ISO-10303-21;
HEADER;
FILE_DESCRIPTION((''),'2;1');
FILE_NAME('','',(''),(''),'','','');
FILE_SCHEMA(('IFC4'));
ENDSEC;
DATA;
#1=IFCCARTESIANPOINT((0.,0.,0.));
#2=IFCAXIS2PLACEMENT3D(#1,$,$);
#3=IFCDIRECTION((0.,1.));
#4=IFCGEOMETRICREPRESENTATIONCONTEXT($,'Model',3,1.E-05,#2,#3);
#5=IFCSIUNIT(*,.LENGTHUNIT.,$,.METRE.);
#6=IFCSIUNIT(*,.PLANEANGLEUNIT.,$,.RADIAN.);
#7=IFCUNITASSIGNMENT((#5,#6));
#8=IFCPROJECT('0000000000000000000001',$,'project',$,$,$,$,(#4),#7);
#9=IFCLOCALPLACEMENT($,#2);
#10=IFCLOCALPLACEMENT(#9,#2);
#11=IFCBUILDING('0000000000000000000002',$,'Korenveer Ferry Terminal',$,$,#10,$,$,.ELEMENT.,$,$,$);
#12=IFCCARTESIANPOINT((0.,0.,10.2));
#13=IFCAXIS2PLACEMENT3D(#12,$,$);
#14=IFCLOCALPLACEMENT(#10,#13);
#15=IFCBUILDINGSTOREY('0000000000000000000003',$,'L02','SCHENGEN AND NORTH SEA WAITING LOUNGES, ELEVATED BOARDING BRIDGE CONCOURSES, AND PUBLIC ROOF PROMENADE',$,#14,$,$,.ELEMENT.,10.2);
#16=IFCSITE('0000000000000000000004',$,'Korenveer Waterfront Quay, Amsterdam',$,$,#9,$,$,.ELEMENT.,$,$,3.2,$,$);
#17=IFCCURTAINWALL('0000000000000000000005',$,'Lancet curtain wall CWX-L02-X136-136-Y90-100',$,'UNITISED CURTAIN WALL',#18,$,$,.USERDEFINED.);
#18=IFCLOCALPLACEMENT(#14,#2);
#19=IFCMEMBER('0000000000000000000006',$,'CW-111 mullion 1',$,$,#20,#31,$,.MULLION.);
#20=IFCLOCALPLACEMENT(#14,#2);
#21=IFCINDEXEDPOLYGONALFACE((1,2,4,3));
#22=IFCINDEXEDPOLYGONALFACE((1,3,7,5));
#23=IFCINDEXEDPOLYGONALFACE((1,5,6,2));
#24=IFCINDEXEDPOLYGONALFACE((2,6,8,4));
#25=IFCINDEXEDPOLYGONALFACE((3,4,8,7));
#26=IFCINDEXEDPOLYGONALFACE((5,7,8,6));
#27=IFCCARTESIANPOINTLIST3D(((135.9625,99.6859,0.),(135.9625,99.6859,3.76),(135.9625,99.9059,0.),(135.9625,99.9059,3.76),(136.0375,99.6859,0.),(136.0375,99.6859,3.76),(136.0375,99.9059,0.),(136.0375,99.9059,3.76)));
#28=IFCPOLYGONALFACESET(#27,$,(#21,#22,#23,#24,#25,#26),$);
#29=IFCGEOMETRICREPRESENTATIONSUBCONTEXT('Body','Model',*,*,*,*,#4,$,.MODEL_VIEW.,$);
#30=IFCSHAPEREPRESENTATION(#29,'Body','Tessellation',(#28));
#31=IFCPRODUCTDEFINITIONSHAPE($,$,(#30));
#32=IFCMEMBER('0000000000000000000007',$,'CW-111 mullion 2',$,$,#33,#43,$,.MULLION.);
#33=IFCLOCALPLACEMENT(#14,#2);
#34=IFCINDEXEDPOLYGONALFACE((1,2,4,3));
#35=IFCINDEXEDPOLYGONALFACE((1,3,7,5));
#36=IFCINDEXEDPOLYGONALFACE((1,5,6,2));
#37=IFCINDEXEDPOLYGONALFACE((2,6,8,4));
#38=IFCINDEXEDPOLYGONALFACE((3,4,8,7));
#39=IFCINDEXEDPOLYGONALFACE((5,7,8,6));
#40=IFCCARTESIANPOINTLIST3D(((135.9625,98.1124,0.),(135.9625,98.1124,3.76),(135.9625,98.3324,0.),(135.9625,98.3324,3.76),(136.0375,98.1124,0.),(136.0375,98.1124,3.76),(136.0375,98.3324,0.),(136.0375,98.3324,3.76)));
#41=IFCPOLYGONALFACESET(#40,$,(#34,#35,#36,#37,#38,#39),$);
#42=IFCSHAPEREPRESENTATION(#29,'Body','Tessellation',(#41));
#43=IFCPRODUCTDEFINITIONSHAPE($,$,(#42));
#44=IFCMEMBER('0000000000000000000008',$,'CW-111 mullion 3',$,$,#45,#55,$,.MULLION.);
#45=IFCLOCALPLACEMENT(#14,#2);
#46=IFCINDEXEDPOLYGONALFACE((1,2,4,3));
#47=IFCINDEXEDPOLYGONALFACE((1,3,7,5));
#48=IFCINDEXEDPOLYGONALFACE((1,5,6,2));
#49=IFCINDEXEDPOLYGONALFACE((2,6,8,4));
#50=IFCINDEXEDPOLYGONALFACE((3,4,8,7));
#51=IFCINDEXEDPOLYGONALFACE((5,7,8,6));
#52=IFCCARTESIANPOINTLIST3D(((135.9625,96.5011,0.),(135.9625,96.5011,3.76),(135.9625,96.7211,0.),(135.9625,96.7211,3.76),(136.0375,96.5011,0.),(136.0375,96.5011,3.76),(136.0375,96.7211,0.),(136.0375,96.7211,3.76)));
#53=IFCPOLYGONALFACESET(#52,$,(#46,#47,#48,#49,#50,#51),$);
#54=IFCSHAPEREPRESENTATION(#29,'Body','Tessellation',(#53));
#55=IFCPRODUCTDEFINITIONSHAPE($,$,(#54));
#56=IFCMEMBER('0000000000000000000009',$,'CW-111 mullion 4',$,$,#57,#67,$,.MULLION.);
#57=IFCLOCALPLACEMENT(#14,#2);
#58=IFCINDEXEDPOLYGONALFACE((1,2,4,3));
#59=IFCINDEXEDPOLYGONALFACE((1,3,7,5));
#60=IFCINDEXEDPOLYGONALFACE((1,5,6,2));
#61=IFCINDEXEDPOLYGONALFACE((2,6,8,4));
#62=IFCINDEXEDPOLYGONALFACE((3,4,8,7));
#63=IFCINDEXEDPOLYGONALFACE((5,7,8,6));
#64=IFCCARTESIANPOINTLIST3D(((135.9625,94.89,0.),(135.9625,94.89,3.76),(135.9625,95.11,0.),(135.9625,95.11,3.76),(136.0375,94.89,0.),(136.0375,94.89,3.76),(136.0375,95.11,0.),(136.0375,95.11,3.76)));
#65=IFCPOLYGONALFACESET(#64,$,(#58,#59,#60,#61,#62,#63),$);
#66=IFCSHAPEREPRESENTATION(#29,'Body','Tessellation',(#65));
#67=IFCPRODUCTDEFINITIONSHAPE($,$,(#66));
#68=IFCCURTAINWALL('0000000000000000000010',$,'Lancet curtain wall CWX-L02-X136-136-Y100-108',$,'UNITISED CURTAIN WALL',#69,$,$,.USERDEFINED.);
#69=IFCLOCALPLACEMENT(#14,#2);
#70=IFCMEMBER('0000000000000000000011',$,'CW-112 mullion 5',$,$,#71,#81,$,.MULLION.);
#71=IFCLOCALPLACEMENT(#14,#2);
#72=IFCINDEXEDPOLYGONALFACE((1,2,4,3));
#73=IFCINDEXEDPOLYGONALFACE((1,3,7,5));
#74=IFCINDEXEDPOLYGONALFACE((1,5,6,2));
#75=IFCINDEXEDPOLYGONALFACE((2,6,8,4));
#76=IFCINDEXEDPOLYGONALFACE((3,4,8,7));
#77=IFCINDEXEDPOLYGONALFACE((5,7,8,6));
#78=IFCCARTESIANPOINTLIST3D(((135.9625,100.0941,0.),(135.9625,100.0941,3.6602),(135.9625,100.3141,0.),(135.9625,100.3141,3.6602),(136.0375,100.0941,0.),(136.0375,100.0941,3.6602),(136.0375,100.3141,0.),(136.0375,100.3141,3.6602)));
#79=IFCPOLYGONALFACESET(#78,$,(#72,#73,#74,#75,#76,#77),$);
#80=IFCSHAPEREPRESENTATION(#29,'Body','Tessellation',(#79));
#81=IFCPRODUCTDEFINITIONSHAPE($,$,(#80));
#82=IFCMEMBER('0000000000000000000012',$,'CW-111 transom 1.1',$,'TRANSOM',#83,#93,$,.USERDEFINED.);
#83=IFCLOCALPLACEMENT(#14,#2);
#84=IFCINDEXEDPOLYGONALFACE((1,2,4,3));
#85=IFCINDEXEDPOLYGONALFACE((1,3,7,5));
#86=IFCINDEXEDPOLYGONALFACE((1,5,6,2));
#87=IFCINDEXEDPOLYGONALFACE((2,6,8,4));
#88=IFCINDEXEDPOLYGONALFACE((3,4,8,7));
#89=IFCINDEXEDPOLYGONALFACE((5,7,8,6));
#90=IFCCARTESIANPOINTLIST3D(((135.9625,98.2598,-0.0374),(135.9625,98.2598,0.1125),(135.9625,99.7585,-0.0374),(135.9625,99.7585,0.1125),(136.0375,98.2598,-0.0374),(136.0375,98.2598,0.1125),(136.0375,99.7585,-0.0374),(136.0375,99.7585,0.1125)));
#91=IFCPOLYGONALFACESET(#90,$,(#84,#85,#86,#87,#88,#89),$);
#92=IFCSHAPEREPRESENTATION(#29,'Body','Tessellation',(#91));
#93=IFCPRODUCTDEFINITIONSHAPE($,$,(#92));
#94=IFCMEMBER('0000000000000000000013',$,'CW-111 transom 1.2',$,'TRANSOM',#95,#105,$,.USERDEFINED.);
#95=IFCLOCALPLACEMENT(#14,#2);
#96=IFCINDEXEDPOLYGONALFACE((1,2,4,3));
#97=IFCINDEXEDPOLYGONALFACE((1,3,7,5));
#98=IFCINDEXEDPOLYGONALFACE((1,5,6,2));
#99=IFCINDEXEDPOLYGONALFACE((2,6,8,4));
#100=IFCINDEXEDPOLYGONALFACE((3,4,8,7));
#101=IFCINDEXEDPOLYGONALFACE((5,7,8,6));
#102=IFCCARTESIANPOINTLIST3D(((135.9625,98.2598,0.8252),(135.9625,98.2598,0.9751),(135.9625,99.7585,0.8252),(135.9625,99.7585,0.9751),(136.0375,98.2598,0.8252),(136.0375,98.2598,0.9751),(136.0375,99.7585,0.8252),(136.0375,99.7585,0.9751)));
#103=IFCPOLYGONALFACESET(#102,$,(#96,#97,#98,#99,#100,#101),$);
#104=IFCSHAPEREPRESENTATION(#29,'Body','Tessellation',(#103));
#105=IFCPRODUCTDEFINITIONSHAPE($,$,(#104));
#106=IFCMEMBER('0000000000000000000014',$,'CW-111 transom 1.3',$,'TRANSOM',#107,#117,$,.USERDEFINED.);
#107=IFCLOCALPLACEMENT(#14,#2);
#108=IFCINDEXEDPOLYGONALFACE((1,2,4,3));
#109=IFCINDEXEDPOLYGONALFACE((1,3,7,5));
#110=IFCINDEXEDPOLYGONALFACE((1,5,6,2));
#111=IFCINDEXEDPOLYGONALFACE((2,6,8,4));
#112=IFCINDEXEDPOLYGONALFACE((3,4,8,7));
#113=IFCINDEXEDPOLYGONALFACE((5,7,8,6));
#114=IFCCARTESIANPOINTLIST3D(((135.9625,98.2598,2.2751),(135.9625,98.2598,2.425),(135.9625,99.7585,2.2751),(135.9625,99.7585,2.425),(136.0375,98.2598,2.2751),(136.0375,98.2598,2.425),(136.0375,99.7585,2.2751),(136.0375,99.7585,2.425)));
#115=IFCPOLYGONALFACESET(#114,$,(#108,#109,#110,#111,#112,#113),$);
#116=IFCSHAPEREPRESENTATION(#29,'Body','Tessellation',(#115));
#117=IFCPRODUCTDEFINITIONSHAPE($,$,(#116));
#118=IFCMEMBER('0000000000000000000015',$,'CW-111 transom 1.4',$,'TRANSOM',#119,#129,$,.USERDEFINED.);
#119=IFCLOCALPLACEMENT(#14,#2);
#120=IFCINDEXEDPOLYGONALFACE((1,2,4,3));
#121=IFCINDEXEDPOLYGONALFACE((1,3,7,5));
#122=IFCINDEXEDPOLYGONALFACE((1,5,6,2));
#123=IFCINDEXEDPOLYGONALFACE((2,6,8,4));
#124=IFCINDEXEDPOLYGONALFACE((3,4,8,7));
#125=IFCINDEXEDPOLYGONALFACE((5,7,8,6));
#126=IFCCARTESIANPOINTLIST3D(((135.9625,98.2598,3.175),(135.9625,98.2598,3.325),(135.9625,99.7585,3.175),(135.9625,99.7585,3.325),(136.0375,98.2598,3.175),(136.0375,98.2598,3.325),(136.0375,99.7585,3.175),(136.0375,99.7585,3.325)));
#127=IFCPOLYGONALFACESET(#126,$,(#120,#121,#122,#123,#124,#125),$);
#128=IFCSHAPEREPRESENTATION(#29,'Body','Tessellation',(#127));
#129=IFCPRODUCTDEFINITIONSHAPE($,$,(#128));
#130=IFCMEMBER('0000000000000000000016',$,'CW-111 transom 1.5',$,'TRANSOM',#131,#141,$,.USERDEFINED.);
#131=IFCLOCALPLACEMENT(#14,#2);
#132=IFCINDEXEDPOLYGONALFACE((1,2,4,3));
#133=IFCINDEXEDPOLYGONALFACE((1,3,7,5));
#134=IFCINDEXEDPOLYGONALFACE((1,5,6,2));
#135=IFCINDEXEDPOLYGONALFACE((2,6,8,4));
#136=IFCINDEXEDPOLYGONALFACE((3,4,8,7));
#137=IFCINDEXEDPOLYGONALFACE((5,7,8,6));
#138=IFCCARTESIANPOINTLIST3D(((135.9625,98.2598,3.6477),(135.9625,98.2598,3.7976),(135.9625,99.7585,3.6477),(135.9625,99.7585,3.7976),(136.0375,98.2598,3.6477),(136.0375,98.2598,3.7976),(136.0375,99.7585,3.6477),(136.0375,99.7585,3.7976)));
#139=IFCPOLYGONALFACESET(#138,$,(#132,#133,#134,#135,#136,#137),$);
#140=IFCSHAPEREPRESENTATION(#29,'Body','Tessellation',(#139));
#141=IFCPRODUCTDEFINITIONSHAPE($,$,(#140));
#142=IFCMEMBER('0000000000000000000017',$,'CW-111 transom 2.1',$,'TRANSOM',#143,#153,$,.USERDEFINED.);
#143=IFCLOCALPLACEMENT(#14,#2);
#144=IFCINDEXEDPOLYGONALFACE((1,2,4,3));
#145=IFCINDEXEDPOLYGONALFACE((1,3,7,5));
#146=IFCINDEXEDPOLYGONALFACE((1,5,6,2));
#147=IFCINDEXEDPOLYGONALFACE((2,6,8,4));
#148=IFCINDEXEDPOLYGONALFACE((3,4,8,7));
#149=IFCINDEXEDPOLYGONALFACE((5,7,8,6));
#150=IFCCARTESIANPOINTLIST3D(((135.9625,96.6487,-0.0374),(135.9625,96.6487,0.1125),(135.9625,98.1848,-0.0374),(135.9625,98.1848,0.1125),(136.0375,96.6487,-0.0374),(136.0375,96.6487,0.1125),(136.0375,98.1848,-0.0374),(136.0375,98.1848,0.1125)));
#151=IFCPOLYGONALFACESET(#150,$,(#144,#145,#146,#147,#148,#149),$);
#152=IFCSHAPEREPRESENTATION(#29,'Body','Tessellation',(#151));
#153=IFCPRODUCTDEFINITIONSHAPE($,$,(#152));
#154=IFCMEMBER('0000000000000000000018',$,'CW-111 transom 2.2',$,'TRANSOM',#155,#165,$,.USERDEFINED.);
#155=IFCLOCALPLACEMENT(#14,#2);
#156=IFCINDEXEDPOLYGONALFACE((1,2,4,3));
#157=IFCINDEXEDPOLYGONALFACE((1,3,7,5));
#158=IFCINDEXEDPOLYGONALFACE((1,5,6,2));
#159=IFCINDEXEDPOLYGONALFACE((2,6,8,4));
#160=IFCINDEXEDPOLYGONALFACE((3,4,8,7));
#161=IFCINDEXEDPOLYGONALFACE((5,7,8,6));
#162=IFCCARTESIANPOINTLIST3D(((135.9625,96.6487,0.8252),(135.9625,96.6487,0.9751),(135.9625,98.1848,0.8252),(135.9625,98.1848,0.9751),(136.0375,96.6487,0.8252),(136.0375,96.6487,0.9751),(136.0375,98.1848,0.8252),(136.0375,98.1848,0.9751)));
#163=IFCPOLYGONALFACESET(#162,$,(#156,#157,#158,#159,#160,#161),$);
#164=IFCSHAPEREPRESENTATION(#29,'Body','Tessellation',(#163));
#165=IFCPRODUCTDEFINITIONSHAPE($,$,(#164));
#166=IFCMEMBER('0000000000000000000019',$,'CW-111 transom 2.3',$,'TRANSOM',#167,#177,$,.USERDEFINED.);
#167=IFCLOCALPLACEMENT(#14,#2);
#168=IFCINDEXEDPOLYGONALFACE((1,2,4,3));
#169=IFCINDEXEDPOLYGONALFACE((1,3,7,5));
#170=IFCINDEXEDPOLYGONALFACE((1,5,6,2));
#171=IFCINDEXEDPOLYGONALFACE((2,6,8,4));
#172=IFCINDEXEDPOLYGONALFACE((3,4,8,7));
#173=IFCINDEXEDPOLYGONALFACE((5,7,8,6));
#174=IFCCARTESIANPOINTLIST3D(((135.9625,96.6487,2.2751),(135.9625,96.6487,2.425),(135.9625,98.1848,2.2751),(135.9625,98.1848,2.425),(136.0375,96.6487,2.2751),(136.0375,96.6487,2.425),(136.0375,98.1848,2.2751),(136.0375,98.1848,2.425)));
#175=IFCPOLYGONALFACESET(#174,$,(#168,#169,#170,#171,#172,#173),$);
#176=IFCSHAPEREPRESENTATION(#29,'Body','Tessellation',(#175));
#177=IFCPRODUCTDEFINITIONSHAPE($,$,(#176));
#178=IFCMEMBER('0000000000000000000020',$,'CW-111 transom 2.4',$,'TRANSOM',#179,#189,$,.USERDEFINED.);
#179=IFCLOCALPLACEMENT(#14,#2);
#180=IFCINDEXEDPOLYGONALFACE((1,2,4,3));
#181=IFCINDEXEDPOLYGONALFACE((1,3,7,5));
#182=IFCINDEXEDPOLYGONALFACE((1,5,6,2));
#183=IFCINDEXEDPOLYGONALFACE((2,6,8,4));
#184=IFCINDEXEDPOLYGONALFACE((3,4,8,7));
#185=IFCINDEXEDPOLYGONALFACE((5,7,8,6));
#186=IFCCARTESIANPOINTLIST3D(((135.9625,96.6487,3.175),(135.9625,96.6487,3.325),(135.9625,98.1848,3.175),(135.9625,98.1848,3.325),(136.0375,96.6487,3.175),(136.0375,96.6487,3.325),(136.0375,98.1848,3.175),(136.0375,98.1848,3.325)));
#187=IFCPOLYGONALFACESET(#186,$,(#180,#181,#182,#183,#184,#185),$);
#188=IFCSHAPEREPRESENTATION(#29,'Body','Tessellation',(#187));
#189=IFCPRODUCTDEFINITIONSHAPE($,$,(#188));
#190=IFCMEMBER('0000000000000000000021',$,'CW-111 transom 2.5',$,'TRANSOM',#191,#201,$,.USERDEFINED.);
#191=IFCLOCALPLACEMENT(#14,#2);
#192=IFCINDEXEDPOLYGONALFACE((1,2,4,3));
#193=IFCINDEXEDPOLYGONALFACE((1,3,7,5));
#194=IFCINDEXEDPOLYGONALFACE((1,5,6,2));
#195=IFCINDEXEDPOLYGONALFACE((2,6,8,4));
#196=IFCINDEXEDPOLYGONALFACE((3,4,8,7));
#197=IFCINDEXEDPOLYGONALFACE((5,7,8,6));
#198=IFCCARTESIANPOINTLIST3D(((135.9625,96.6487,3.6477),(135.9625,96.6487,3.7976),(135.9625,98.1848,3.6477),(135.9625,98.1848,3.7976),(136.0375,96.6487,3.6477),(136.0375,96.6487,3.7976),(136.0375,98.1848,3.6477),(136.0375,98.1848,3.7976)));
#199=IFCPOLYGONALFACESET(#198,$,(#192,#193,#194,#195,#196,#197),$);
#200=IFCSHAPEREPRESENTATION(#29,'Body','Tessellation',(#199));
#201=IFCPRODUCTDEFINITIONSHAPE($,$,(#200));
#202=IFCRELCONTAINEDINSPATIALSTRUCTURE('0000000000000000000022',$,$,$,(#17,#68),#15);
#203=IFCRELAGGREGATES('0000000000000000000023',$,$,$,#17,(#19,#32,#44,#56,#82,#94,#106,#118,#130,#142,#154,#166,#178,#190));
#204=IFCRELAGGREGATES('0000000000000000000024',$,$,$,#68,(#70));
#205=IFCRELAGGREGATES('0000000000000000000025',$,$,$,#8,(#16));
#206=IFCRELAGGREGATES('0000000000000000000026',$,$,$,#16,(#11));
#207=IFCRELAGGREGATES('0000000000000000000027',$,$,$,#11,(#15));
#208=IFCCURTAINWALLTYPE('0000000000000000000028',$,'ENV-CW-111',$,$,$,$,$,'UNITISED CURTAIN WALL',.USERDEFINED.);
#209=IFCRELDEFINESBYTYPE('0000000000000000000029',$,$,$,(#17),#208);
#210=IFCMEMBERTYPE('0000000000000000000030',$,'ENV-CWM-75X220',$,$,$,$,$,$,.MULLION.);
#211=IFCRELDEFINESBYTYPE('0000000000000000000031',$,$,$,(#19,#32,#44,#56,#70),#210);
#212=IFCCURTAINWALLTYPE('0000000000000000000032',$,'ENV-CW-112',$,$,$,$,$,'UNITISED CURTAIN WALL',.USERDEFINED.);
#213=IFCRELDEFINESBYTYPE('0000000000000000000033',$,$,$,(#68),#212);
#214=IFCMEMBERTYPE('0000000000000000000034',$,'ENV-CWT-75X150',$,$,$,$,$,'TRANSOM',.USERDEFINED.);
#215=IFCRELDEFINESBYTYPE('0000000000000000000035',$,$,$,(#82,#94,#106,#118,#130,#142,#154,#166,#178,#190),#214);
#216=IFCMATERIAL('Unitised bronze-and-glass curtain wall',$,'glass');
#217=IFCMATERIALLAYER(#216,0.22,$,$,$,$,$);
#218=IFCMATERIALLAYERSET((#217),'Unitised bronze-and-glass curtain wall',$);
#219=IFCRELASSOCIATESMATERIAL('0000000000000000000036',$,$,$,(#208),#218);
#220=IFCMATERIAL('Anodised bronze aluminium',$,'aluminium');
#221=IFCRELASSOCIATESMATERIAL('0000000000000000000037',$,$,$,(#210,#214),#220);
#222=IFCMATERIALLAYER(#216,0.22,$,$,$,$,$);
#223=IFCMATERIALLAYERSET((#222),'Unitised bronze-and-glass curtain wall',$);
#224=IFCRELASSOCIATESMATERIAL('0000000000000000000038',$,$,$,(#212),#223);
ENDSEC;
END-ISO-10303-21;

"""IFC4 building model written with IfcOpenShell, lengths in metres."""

from ifc_helpers import new_model, si_unit, direction, frame, origin, origin_2d, place, context, subcontext, project, spatial, rectangle, extrude, material, layer, layer_set, material_profile, profile_set, type_object, element, aggregate, save


model = new_model("IFC4")

# Units and contexts
model_context = context("Model", 3, precision=1e-05, world=origin(), true_north=direction((0.0, 1.0)))
body_context = subcontext(model_context, "Body", "Model", "MODEL_VIEW")
ifc_project = project(units=[si_unit("LENGTHUNIT", "METRE"), si_unit("PLANEANGLEUNIT", "RADIAN")], contexts=[model_context])

# Site, building, storey
site_placement = place(None, origin())
site = spatial("IfcSite", under=ifc_project, at=site_placement, Name="Korenveer Waterfront Quay, Amsterdam", CompositionType="ELEMENT", RefElevation=3.2)
building_placement = place(site_placement, origin())
building = spatial("IfcBuilding", under=site, at=building_placement, Name="Korenveer Ferry Terminal", CompositionType="ELEMENT")
storey_placement = place(building_placement, frame((0.0, 0.0, 10.2)))
storey = spatial("IfcBuildingStorey", under=building, at=storey_placement, Name="L02", Description="SCHENGEN AND NORTH SEA WAITING LOUNGES, ELEVATED BOARDING BRIDGE CONCOURSES, AND PUBLIC ROOF PROMENADE", CompositionType="ELEMENT", Elevation=10.2)

# Curtain wall, members
ifc_material_1 = material(Name="Unitised bronze-and-glass curtain wall", Category="glass")
ifc_layer_1 = layer(ifc_material_1, 0.22)
ifc_layer_set_1 = layer_set([ifc_layer_1], Name="Unitised bronze-and-glass curtain wall")
curtain_wall_type_1 = type_object("IfcCurtainWallType", Name="ENV-CW-111", ElementType="UNITISED CURTAIN WALL", PredefinedType="USERDEFINED", material=ifc_layer_set_1)
curtain_wall_1_placement = place(storey_placement, frame((136.0, 99.8335, 0.0)))
curtain_wall_1 = element("IfcCurtainWall", 1, at=curtain_wall_1_placement, inside=storey, type_object=curtain_wall_type_1, Name="Lancet curtain wall CWX-L02-X136-136-Y90-100", ObjectType="UNITISED CURTAIN WALL", PredefinedType="USERDEFINED")
ifc_material_2 = material(Name="Anodised bronze aluminium", Category="aluminium")
ifc_material_profile_1 = material_profile(ifc_material_2, rectangle(XDim=0.075, YDim=0.22, at=origin_2d()), Name="ALU 75x220")
ifc_profile_set_1 = profile_set([ifc_material_profile_1], Name="Anodised bronze aluminium")
member_type_1 = type_object("IfcMemberType", Name="ENV-CWM-75X220", PredefinedType="MULLION", material=ifc_profile_set_1)
member_1_placement = place(storey_placement, frame((136.0, 99.7959, 0.0), z_axis=(0.0, 0.0, 1.0), x_axis=(1.0, 0.0, 0.0)))
member_1 = element("IfcMember", 2, at=member_1_placement, type_object=member_type_1, Name="CW-111 mullion 1", PredefinedType="MULLION", context=body_context, shape_type="SweptSolid", body=[
    extrude(rectangle(XDim=0.075, YDim=0.22, at=origin_2d()), origin(), (0.0, 0.0, 1.0), 3.76),
])
member_2_placement = place(storey_placement, frame((136.0, 98.2224, 0.0), z_axis=(0.0, 0.0, 1.0), x_axis=(1.0, 0.0, 0.0)))
member_2 = element("IfcMember", 3, at=member_2_placement, type_object=member_type_1, Name="CW-111 mullion 2", PredefinedType="MULLION", context=body_context, shape_type="SweptSolid", body=[
    extrude(rectangle(XDim=0.075, YDim=0.22, at=origin_2d()), origin(), (0.0, 0.0, 1.0), 3.76),
])
member_3_placement = place(storey_placement, frame((136.0, 96.6111, 0.0), z_axis=(0.0, 0.0, 1.0), x_axis=(1.0, 0.0, 0.0)))
member_3 = element("IfcMember", 4, at=member_3_placement, type_object=member_type_1, Name="CW-111 mullion 3", PredefinedType="MULLION", context=body_context, shape_type="SweptSolid", body=[
    extrude(rectangle(XDim=0.075, YDim=0.22, at=origin_2d()), origin(), (0.0, 0.0, 1.0), 3.76),
])
member_4_placement = place(storey_placement, frame((136.0, 95.0, 0.0), z_axis=(0.0, 0.0, 1.0), x_axis=(1.0, 0.0, 0.0)))
member_4 = element("IfcMember", 5, at=member_4_placement, type_object=member_type_1, Name="CW-111 mullion 4", PredefinedType="MULLION", context=body_context, shape_type="SweptSolid", body=[
    extrude(rectangle(XDim=0.075, YDim=0.22, at=origin_2d()), origin(), (0.0, 0.0, 1.0), 3.76),
])

# Curtain wall, member
ifc_layer_2 = layer(ifc_material_1, 0.22)
ifc_layer_set_2 = layer_set([ifc_layer_2], Name="Unitised bronze-and-glass curtain wall")
curtain_wall_type_2 = type_object("IfcCurtainWallType", Name="ENV-CW-112", ElementType="UNITISED CURTAIN WALL", PredefinedType="USERDEFINED", material=ifc_layer_set_2)
curtain_wall_2_placement = place(storey_placement, frame((136.0, 107.8335, 0.0)))
curtain_wall_2 = element("IfcCurtainWall", 6, at=curtain_wall_2_placement, inside=storey, type_object=curtain_wall_type_2, Name="Lancet curtain wall CWX-L02-X136-136-Y100-108", ObjectType="UNITISED CURTAIN WALL", PredefinedType="USERDEFINED")
member_5_placement = place(storey_placement, frame((136.0, 100.2041, 0.0), z_axis=(0.0, 0.0, 1.0), x_axis=(1.0, 0.0, 0.0)))
member_5 = element("IfcMember", 7, at=member_5_placement, type_object=member_type_1, Name="CW-112 mullion 5", PredefinedType="MULLION", context=body_context, shape_type="SweptSolid", body=[
    extrude(rectangle(XDim=0.075, YDim=0.22, at=origin_2d()), origin(), (0.0, 0.0, 1.0), 3.6602),
])

# Members
ifc_material_profile_2 = material_profile(ifc_material_2, rectangle(XDim=0.075, YDim=0.1499, at=origin_2d()), Name="ALU 75x150")
ifc_profile_set_2 = profile_set([ifc_material_profile_2], Name="Anodised bronze aluminium")
member_type_2 = type_object("IfcMemberType", Name="ENV-CWT-75X150", ElementType="TRANSOM", PredefinedType="USERDEFINED", material=ifc_profile_set_2)
member_6_placement = place(storey_placement, frame((136.0, 99.7585, 0.0376), z_axis=(0.0, -1.0, 0.0), x_axis=(1.0, 0.0, 0.0)))
member_6 = element("IfcMember", 8, at=member_6_placement, type_object=member_type_2, Name="CW-111 transom 1.1", ObjectType="TRANSOM", PredefinedType="USERDEFINED", context=body_context, shape_type="SweptSolid", body=[
    extrude(rectangle(XDim=0.075, YDim=0.1499, at=origin_2d()), origin(), (0.0, 0.0, 1.0), 1.4988),
])
member_7_placement = place(storey_placement, frame((136.0, 99.7585, 0.9001), z_axis=(0.0, -1.0, 0.0), x_axis=(1.0, 0.0, 0.0)))
member_7 = element("IfcMember", 9, at=member_7_placement, type_object=member_type_2, Name="CW-111 transom 1.2", ObjectType="TRANSOM", PredefinedType="USERDEFINED", context=body_context, shape_type="SweptSolid", body=[
    extrude(rectangle(XDim=0.075, YDim=0.1499, at=origin_2d()), origin(), (0.0, 0.0, 1.0), 1.4988),
])
member_8_placement = place(storey_placement, frame((136.0, 99.7585, 2.3501), z_axis=(0.0, -1.0, 0.0), x_axis=(1.0, 0.0, 0.0)))
member_8 = element("IfcMember", 10, at=member_8_placement, type_object=member_type_2, Name="CW-111 transom 1.3", ObjectType="TRANSOM", PredefinedType="USERDEFINED", context=body_context, shape_type="SweptSolid", body=[
    extrude(rectangle(XDim=0.075, YDim=0.1499, at=origin_2d()), origin(), (0.0, 0.0, 1.0), 1.4988),
])
member_9_placement = place(storey_placement, frame((136.0, 99.7585, 3.25), z_axis=(0.0, -1.0, 0.0), x_axis=(1.0, 0.0, 0.0)))
member_9 = element("IfcMember", 11, at=member_9_placement, type_object=member_type_2, Name="CW-111 transom 1.4", ObjectType="TRANSOM", PredefinedType="USERDEFINED", context=body_context, shape_type="SweptSolid", body=[
    extrude(rectangle(XDim=0.075, YDim=0.1499, at=origin_2d()), origin(), (0.0, 0.0, 1.0), 1.4988),
])
member_10_placement = place(storey_placement, frame((136.0, 99.7585, 3.7227), z_axis=(0.0, -1.0, 0.0), x_axis=(1.0, 0.0, 0.0)))
member_10 = element("IfcMember", 12, at=member_10_placement, type_object=member_type_2, Name="CW-111 transom 1.5", ObjectType="TRANSOM", PredefinedType="USERDEFINED", context=body_context, shape_type="SweptSolid", body=[
    extrude(rectangle(XDim=0.075, YDim=0.1499, at=origin_2d()), origin(), (0.0, 0.0, 1.0), 1.4988),
])
member_11_placement = place(storey_placement, frame((136.0, 98.1848, 0.0376), z_axis=(0.0, -1.0, 0.0), x_axis=(1.0, 0.0, 0.0)))
member_11 = element("IfcMember", 13, at=member_11_placement, type_object=member_type_2, Name="CW-111 transom 2.1", ObjectType="TRANSOM", PredefinedType="USERDEFINED", context=body_context, shape_type="SweptSolid", body=[
    extrude(rectangle(XDim=0.075, YDim=0.1499, at=origin_2d()), origin(), (0.0, 0.0, 1.0), 1.5361),
])
member_12_placement = place(storey_placement, frame((136.0, 98.1848, 0.9001), z_axis=(0.0, -1.0, 0.0), x_axis=(1.0, 0.0, 0.0)))
member_12 = element("IfcMember", 14, at=member_12_placement, type_object=member_type_2, Name="CW-111 transom 2.2", ObjectType="TRANSOM", PredefinedType="USERDEFINED", context=body_context, shape_type="SweptSolid", body=[
    extrude(rectangle(XDim=0.075, YDim=0.1499, at=origin_2d()), origin(), (0.0, 0.0, 1.0), 1.5361),
])
member_13_placement = place(storey_placement, frame((136.0, 98.1848, 2.3501), z_axis=(0.0, -1.0, 0.0), x_axis=(1.0, 0.0, 0.0)))
member_13 = element("IfcMember", 15, at=member_13_placement, type_object=member_type_2, Name="CW-111 transom 2.3", ObjectType="TRANSOM", PredefinedType="USERDEFINED", context=body_context, shape_type="SweptSolid", body=[
    extrude(rectangle(XDim=0.075, YDim=0.1499, at=origin_2d()), origin(), (0.0, 0.0, 1.0), 1.5361),
])
member_14_placement = place(storey_placement, frame((136.0, 98.1848, 3.25), z_axis=(0.0, -1.0, 0.0), x_axis=(1.0, 0.0, 0.0)))
member_14 = element("IfcMember", 16, at=member_14_placement, type_object=member_type_2, Name="CW-111 transom 2.4", ObjectType="TRANSOM", PredefinedType="USERDEFINED", context=body_context, shape_type="SweptSolid", body=[
    extrude(rectangle(XDim=0.075, YDim=0.1499, at=origin_2d()), origin(), (0.0, 0.0, 1.0), 1.5361),
])
member_15_placement = place(storey_placement, frame((136.0, 98.1848, 3.7227), z_axis=(0.0, -1.0, 0.0), x_axis=(1.0, 0.0, 0.0)))
member_15 = element("IfcMember", 17, at=member_15_placement, type_object=member_type_2, Name="CW-111 transom 2.5", ObjectType="TRANSOM", PredefinedType="USERDEFINED", context=body_context, shape_type="SweptSolid", body=[
    extrude(rectangle(XDim=0.075, YDim=0.1499, at=origin_2d()), origin(), (0.0, 0.0, 1.0), 1.5361),
])

aggregate(curtain_wall_1, [member_1, member_2, member_3, member_4, member_6, member_7, member_8, member_9, member_10, member_11, member_12, member_13, member_14, member_15])
aggregate(curtain_wall_2, [member_5])

save(model, "model.ifc")
